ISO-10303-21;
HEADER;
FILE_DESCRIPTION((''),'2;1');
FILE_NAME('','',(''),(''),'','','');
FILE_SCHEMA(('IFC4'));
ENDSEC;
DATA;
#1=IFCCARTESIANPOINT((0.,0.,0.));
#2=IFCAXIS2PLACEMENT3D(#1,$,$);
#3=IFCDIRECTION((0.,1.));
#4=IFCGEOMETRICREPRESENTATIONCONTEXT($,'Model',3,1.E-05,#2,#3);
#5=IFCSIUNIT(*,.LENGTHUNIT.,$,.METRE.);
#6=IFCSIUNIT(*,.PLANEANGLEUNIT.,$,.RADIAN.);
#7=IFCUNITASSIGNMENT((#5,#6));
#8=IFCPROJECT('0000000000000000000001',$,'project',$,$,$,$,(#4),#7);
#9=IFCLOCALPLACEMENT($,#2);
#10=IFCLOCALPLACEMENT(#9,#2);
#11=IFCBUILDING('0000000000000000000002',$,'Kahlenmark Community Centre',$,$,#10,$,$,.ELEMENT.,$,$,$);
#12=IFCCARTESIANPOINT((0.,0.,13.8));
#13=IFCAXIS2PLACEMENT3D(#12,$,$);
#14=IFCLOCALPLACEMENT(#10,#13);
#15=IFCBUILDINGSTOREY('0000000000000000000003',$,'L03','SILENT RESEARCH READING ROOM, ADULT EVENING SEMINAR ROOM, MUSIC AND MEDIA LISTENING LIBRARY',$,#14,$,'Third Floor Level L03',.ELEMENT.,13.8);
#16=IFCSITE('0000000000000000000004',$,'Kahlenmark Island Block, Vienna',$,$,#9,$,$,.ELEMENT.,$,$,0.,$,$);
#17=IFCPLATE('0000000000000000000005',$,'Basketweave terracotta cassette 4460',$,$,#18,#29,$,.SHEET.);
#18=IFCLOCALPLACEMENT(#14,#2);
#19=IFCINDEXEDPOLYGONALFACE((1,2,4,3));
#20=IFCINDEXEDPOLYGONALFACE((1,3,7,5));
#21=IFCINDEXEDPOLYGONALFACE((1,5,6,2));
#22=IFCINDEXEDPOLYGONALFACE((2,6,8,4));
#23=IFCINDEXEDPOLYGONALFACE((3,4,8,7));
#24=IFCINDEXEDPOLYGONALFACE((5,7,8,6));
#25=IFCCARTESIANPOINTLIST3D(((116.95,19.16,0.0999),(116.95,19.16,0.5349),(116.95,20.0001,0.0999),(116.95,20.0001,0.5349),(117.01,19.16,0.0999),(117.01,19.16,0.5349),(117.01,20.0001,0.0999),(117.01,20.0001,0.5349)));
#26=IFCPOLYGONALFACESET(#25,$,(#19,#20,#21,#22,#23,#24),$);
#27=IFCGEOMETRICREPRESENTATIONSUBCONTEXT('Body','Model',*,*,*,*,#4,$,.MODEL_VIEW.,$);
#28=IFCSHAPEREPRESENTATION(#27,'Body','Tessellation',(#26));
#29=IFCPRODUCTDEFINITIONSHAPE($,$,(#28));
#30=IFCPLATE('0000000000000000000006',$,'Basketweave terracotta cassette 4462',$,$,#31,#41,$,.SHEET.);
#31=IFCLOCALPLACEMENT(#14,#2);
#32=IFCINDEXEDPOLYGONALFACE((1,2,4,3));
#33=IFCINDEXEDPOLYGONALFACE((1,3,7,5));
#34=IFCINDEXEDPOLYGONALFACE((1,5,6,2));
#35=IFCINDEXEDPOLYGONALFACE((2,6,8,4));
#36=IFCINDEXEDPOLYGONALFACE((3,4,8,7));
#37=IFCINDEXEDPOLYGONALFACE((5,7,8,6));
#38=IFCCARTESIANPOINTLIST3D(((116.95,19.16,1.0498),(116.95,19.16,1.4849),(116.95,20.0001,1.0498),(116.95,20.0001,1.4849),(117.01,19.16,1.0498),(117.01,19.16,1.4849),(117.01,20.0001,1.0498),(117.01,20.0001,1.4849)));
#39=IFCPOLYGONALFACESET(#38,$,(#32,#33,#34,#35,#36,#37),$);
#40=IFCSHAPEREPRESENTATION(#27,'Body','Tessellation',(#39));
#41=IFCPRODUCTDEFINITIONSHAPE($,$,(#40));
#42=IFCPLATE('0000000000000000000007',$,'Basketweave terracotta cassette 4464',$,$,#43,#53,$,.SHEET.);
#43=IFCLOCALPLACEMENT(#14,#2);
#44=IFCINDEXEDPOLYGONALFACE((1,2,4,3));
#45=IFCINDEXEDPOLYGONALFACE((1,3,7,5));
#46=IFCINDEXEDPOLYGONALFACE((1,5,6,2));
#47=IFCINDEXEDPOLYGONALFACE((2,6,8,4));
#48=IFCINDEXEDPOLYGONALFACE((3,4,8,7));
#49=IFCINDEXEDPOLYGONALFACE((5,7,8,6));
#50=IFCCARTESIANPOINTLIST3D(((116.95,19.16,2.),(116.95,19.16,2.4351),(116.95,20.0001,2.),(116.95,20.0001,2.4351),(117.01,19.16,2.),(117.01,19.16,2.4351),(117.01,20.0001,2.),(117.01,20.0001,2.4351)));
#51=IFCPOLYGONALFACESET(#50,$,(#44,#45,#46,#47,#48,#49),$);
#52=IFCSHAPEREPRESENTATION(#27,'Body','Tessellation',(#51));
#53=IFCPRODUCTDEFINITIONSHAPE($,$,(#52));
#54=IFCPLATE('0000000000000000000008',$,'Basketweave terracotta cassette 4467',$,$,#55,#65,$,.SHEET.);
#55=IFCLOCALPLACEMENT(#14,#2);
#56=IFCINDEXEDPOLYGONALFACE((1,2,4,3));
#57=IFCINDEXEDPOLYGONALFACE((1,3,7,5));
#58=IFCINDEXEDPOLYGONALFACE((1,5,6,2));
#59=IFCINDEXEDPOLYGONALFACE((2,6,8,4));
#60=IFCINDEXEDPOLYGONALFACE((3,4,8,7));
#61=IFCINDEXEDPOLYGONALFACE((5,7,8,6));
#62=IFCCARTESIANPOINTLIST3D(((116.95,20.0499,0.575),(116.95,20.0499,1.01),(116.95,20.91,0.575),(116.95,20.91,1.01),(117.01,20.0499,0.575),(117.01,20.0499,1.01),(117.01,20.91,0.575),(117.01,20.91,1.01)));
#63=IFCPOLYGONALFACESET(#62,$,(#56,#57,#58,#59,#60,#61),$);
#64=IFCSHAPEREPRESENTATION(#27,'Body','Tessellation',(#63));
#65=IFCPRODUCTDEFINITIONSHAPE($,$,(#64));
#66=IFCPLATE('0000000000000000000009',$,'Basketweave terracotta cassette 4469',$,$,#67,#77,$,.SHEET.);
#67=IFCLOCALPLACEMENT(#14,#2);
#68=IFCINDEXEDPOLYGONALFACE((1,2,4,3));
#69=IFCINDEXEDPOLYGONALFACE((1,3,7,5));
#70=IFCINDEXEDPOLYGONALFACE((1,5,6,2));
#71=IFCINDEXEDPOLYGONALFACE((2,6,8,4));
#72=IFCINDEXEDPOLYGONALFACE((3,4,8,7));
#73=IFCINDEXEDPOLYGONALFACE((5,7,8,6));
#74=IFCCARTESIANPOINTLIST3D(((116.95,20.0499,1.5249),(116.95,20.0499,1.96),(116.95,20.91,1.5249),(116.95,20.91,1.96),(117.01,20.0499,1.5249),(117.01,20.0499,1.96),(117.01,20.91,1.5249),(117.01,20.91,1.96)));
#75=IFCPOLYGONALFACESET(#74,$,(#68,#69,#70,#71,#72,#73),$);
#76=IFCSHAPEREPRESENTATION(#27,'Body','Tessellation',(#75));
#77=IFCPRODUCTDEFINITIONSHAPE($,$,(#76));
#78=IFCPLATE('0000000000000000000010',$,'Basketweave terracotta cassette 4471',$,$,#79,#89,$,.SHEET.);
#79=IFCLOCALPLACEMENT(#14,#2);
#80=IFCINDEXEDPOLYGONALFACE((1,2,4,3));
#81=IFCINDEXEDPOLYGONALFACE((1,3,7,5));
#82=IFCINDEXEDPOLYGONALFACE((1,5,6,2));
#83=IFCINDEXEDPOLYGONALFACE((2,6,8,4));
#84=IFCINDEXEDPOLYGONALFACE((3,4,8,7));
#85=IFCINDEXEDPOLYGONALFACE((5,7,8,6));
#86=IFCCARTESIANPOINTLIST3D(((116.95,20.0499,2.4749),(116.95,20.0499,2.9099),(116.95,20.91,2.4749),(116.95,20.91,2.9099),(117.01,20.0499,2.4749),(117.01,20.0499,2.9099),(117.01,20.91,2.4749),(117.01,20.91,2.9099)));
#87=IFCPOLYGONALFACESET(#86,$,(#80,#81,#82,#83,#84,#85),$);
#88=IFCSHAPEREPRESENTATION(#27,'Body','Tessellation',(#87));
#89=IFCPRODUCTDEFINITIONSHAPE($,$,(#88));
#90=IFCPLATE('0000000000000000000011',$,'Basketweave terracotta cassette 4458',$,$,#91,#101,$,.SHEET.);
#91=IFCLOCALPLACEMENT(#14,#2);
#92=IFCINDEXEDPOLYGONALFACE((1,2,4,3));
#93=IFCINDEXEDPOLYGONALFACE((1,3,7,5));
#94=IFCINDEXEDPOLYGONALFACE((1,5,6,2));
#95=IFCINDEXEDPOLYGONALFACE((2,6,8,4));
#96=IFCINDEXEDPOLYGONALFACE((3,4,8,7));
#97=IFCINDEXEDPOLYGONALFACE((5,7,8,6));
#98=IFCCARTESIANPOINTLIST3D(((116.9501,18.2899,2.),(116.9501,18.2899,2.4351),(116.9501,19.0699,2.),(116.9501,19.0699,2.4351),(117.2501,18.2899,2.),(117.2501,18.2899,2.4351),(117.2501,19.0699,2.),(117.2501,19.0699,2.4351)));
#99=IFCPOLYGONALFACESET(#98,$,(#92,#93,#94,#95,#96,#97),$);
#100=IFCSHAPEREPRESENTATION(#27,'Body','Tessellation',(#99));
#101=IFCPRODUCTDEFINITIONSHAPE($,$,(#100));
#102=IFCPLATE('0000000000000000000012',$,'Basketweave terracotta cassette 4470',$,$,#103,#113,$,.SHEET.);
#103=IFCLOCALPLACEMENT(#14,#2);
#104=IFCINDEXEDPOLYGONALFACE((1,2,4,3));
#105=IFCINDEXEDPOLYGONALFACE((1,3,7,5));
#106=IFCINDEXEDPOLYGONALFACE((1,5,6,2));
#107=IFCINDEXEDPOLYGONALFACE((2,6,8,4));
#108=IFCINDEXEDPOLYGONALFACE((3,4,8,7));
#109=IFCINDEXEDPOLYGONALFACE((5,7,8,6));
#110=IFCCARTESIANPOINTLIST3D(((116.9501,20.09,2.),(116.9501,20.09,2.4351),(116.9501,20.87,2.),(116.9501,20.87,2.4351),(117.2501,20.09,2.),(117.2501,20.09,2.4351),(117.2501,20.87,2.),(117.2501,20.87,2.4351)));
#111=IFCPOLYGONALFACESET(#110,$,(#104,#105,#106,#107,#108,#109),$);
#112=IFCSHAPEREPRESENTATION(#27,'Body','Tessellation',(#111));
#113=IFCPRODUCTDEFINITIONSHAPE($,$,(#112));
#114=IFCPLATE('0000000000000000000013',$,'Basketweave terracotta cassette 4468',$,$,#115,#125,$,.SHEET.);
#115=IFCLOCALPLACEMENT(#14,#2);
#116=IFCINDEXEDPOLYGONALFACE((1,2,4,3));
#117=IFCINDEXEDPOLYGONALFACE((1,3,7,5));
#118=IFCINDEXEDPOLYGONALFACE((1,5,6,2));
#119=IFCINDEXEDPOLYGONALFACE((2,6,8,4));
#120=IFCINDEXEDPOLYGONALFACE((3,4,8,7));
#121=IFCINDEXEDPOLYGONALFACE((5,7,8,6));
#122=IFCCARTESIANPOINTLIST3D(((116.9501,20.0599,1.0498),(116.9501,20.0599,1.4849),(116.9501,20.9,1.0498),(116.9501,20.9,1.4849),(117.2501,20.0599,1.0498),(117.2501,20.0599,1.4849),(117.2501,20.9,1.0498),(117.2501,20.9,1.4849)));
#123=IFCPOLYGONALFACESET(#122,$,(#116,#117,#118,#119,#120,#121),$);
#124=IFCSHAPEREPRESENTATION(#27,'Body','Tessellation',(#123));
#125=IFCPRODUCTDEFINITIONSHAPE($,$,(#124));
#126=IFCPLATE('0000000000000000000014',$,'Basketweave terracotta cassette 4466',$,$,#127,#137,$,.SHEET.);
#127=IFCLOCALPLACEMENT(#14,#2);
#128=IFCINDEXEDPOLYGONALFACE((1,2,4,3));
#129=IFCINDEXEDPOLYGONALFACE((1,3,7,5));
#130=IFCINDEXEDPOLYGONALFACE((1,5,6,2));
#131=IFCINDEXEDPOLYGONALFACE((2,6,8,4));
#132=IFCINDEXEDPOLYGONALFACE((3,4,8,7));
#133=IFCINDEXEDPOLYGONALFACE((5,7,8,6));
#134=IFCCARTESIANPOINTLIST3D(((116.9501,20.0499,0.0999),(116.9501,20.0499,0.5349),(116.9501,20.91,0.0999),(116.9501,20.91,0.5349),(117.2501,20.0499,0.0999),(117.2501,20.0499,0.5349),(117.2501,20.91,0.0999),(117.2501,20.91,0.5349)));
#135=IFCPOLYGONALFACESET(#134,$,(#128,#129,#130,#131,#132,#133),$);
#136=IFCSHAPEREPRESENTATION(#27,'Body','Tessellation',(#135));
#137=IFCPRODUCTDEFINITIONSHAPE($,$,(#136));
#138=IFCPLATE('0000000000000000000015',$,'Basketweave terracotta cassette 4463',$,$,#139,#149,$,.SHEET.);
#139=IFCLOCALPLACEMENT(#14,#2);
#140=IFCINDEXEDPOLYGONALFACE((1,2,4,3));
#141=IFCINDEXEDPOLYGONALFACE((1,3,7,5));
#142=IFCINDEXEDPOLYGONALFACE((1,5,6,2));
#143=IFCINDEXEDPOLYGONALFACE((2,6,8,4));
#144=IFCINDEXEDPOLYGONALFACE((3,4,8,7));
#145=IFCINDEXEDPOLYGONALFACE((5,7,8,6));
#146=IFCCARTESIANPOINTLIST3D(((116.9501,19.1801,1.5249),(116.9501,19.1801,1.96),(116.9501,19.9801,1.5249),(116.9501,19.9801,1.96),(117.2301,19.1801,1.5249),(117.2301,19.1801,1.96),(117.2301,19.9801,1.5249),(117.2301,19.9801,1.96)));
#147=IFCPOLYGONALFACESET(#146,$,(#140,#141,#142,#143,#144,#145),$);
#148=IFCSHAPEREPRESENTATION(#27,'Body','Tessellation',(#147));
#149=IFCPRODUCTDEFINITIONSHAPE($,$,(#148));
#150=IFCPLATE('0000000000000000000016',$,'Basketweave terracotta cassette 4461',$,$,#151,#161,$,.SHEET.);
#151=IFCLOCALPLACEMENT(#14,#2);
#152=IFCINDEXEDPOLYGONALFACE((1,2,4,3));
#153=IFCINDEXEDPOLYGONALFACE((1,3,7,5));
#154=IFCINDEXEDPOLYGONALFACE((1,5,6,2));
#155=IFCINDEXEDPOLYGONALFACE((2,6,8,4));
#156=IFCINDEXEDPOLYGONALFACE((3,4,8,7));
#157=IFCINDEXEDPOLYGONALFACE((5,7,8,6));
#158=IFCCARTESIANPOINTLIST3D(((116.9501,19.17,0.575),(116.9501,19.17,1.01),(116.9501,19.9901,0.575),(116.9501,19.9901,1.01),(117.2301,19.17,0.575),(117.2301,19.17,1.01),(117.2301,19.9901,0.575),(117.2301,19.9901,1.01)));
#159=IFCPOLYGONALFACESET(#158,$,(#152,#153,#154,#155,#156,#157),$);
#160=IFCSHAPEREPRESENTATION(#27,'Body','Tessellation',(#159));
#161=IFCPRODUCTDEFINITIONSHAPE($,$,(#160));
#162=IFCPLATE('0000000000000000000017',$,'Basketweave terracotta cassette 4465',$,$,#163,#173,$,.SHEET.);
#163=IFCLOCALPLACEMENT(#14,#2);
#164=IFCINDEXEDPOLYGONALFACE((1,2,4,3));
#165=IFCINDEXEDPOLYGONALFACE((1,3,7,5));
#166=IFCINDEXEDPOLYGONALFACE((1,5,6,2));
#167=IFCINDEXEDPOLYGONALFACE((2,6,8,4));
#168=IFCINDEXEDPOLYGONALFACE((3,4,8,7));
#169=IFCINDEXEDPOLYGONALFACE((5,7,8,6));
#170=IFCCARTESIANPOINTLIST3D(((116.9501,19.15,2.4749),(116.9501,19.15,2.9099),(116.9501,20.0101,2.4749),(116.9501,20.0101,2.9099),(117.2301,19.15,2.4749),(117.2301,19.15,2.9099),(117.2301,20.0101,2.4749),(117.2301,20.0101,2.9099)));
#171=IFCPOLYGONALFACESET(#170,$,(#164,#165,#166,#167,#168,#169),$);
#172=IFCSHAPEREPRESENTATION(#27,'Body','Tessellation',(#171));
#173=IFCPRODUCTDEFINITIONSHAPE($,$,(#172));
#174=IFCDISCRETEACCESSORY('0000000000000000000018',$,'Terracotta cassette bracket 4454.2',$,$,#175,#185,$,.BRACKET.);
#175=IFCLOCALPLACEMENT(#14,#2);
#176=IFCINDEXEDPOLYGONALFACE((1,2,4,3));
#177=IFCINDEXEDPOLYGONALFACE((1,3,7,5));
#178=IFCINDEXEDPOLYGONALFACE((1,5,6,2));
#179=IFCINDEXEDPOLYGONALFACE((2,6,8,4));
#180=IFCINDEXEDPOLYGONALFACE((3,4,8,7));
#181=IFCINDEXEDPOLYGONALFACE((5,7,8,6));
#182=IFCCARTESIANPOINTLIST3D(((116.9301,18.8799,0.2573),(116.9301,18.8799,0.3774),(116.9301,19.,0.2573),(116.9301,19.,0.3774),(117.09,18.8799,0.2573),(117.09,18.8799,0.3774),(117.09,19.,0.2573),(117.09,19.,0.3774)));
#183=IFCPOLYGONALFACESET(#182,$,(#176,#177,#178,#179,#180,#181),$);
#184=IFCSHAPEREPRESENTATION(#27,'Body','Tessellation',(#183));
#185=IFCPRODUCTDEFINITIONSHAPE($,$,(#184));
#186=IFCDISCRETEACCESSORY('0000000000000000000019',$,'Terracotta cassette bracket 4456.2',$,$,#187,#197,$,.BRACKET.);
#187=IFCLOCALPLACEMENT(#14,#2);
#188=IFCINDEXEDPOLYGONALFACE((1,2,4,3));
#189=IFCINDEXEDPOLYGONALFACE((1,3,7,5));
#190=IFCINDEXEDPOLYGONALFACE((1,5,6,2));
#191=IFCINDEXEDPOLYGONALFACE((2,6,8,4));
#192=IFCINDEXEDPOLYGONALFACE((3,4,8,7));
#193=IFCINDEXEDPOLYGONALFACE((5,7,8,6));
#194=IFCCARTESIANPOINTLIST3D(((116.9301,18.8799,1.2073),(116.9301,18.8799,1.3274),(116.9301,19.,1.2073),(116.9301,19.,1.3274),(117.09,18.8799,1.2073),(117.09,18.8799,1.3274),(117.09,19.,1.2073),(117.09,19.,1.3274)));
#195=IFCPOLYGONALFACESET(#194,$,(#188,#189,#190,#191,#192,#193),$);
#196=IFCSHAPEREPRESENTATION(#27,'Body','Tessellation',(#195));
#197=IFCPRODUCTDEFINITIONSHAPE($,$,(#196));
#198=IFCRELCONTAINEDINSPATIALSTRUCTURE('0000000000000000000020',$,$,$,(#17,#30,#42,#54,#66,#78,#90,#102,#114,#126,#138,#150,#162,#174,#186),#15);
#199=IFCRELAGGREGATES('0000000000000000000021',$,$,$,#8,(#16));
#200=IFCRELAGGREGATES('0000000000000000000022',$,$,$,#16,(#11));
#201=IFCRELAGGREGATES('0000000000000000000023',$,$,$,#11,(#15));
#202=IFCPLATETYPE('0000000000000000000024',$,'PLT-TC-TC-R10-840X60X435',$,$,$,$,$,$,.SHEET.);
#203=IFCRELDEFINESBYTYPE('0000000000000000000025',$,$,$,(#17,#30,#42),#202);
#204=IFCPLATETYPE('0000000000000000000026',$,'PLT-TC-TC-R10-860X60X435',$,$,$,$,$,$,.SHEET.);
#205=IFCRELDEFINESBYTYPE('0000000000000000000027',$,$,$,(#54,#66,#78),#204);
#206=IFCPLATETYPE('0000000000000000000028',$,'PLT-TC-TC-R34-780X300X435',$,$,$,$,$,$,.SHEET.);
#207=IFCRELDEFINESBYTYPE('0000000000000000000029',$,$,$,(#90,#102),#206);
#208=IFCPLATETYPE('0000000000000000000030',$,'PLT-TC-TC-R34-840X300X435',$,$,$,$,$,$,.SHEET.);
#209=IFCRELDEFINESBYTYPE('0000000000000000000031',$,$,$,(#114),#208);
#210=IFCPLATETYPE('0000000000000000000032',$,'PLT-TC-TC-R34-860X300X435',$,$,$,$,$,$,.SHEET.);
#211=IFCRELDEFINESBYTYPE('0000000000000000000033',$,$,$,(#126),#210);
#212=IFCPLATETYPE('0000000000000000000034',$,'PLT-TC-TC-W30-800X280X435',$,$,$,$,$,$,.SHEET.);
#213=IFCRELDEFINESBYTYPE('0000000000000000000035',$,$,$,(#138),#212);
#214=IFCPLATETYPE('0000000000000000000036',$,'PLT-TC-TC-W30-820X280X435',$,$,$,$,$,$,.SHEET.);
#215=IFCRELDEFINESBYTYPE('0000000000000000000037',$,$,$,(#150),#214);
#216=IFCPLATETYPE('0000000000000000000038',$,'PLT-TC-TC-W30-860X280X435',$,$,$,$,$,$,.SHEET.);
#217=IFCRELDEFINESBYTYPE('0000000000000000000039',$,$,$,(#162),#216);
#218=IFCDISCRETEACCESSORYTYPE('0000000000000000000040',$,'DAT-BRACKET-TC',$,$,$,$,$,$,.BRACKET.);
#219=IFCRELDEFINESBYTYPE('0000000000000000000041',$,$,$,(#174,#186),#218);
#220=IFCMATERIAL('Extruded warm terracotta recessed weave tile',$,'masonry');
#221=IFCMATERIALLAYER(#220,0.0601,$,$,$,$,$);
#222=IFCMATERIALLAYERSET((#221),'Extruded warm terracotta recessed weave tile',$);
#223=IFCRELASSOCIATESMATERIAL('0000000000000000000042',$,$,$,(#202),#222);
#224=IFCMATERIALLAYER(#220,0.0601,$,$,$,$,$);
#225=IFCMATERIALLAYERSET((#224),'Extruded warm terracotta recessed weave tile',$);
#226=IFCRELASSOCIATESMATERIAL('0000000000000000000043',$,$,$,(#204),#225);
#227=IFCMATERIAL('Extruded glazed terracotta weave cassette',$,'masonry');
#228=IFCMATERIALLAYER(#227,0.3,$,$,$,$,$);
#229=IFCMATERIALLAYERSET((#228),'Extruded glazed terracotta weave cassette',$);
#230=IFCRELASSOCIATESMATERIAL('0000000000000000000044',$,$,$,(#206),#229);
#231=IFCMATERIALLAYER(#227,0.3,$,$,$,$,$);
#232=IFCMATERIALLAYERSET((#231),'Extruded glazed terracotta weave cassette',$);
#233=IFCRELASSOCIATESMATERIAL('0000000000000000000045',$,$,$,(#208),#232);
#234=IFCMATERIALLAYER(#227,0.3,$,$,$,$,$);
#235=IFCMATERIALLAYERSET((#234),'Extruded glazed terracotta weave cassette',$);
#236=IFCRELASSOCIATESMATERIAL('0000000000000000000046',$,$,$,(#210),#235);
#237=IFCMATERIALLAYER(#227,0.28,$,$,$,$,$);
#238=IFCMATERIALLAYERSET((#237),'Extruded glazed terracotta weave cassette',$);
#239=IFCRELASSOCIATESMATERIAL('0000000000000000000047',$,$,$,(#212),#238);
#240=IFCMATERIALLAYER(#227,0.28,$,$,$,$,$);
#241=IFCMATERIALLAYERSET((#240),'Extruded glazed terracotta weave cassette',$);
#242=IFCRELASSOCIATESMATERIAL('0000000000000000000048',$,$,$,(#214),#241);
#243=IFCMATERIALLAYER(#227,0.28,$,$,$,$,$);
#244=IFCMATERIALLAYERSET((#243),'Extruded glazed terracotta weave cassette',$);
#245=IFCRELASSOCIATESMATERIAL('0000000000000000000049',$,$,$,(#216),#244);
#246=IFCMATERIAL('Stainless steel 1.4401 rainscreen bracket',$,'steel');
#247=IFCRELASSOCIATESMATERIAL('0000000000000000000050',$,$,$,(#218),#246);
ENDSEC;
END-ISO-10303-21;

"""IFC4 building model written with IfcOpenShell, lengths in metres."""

from ifc_helpers import new_model, si_unit, direction, frame, origin, origin_2d, place, context, subcontext, project, spatial, rectangle, extrude, material, layer, layer_set, type_object, element, save


model = new_model("IFC4")

# Units and contexts
model_context = context("Model", 3, precision=1e-05, world=origin(), true_north=direction((0.0, 1.0)))
body_context = subcontext(model_context, "Body", "Model", "MODEL_VIEW")
ifc_project = project(units=[si_unit("LENGTHUNIT", "METRE"), si_unit("PLANEANGLEUNIT", "RADIAN")], contexts=[model_context])

# Site, building, storey
site_placement = place(None, origin())
site = spatial("IfcSite", under=ifc_project, at=site_placement, Name="Kahlenmark Island Block, Vienna", CompositionType="ELEMENT", RefElevation=0.0)
building_placement = place(site_placement, origin())
building = spatial("IfcBuilding", under=site, at=building_placement, Name="Kahlenmark Community Centre", CompositionType="ELEMENT")
storey_placement = place(building_placement, frame((0.0, 0.0, 13.8)))
storey = spatial("IfcBuildingStorey", under=building, at=storey_placement, Name="L03", Description="SILENT RESEARCH READING ROOM, ADULT EVENING SEMINAR ROOM, MUSIC AND MEDIA LISTENING LIBRARY", LongName="Third Floor Level L03", CompositionType="ELEMENT", Elevation=13.8)

# Plates
ifc_material_1 = material(Name="Extruded warm terracotta recessed weave tile", Category="masonry")
ifc_layer_1 = layer(ifc_material_1, 0.0601)
ifc_layer_set_1 = layer_set([ifc_layer_1], Name="Extruded warm terracotta recessed weave tile")
plate_type_1 = type_object("IfcPlateType", Name="PLT-TC-TC-R10-840X60X435", PredefinedType="SHEET", material=ifc_layer_set_1)
for number, where, z_axis, x_axis, name in (
    (1, (116.98, 19.5801, 0.0999), (0.0, 0.0, 1.0), (0.0, 1.0, 0.0), "Basketweave terracotta cassette 4460"),
    (2, (116.98, 19.5801, 1.0498), (0.0, 0.0, 1.0), (0.0, 1.0, 0.0), "Basketweave terracotta cassette 4462"),
    (3, (116.98, 19.5801, 2.0), (0.0, 0.0, 1.0), (0.0, 1.0, 0.0), "Basketweave terracotta cassette 4464"),
):
    element("IfcPlate", number, at=place(storey_placement, frame(where, z_axis=z_axis, x_axis=x_axis)), inside=storey, type_object=plate_type_1, Name=name, PredefinedType="SHEET", context=body_context, shape_type="SweptSolid", body=[
        extrude(rectangle(XDim=0.8401, YDim=0.0601, at=origin_2d()), origin(), (0.0, 0.0, 1.0), 0.4351),
    ])
ifc_layer_2 = layer(ifc_material_1, 0.0601)
ifc_layer_set_2 = layer_set([ifc_layer_2], Name="Extruded warm terracotta recessed weave tile")
plate_type_2 = type_object("IfcPlateType", Name="PLT-TC-TC-R10-860X60X435", PredefinedType="SHEET", material=ifc_layer_set_2)
for number, where, z_axis, x_axis, name in (
    (4, (116.98, 20.48, 0.575), (0.0, 0.0, 1.0), (0.0, 1.0, 0.0), "Basketweave terracotta cassette 4467"),
    (5, (116.98, 20.48, 1.5249), (0.0, 0.0, 1.0), (0.0, 1.0, 0.0), "Basketweave terracotta cassette 4469"),
    (6, (116.98, 20.48, 2.4749), (0.0, 0.0, 1.0), (0.0, 1.0, 0.0), "Basketweave terracotta cassette 4471"),
):
    element("IfcPlate", number, at=place(storey_placement, frame(where, z_axis=z_axis, x_axis=x_axis)), inside=storey, type_object=plate_type_2, Name=name, PredefinedType="SHEET", context=body_context, shape_type="SweptSolid", body=[
        extrude(rectangle(XDim=0.8601, YDim=0.0601, at=origin_2d()), origin(), (0.0, 0.0, 1.0), 0.4351),
    ])
ifc_material_2 = material(Name="Extruded glazed terracotta weave cassette", Category="masonry")
ifc_layer_3 = layer(ifc_material_2, 0.3)
ifc_layer_set_3 = layer_set([ifc_layer_3], Name="Extruded glazed terracotta weave cassette")
plate_type_3 = type_object("IfcPlateType", Name="PLT-TC-TC-R34-780X300X435", PredefinedType="SHEET", material=ifc_layer_set_3)
for number, where, z_axis, x_axis, name in (
    (7, (117.1001, 18.6799, 2.0), (0.0, 0.0, 1.0), (0.0, 1.0, 0.0), "Basketweave terracotta cassette 4458"),
    (8, (117.1001, 20.48, 2.0), (0.0, 0.0, 1.0), (0.0, 1.0, 0.0), "Basketweave terracotta cassette 4470"),
):
    element("IfcPlate", number, at=place(storey_placement, frame(where, z_axis=z_axis, x_axis=x_axis)), inside=storey, type_object=plate_type_3, Name=name, PredefinedType="SHEET", context=body_context, shape_type="SweptSolid", body=[
        extrude(rectangle(XDim=0.78, YDim=0.3, at=origin_2d()), origin(), (0.0, 0.0, 1.0), 0.4351),
    ])
ifc_layer_4 = layer(ifc_material_2, 0.3)
ifc_layer_set_4 = layer_set([ifc_layer_4], Name="Extruded glazed terracotta weave cassette")
plate_type_4 = type_object("IfcPlateType", Name="PLT-TC-TC-R34-840X300X435", PredefinedType="SHEET", material=ifc_layer_set_4)
plate_1_placement = place(storey_placement, frame((117.1001, 20.48, 1.0498), z_axis=(0.0, 0.0, 1.0), x_axis=(0.0, 1.0, 0.0)))
element("IfcPlate", 9, at=plate_1_placement, inside=storey, type_object=plate_type_4, Name="Basketweave terracotta cassette 4468", PredefinedType="SHEET", context=body_context, shape_type="SweptSolid", body=[
    extrude(rectangle(XDim=0.8401, YDim=0.3, at=origin_2d()), origin(), (0.0, 0.0, 1.0), 0.4351),
])
ifc_layer_5 = layer(ifc_material_2, 0.3)
ifc_layer_set_5 = layer_set([ifc_layer_5], Name="Extruded glazed terracotta weave cassette")
plate_type_5 = type_object("IfcPlateType", Name="PLT-TC-TC-R34-860X300X435", PredefinedType="SHEET", material=ifc_layer_set_5)
plate_2_placement = place(storey_placement, frame((117.1001, 20.48, 0.0999), z_axis=(0.0, 0.0, 1.0), x_axis=(0.0, 1.0, 0.0)))
element("IfcPlate", 10, at=plate_2_placement, inside=storey, type_object=plate_type_5, Name="Basketweave terracotta cassette 4466", PredefinedType="SHEET", context=body_context, shape_type="SweptSolid", body=[
    extrude(rectangle(XDim=0.8601, YDim=0.3, at=origin_2d()), origin(), (0.0, 0.0, 1.0), 0.4351),
])
ifc_layer_6 = layer(ifc_material_2, 0.28)
ifc_layer_set_6 = layer_set([ifc_layer_6], Name="Extruded glazed terracotta weave cassette")
plate_type_6 = type_object("IfcPlateType", Name="PLT-TC-TC-W30-800X280X435", PredefinedType="SHEET", material=ifc_layer_set_6)
plate_3_placement = place(storey_placement, frame((117.0901, 19.5801, 1.5249), z_axis=(0.0, 0.0, 1.0), x_axis=(0.0, 1.0, 0.0)))
element("IfcPlate", 11, at=plate_3_placement, inside=storey, type_object=plate_type_6, Name="Basketweave terracotta cassette 4463", PredefinedType="SHEET", context=body_context, shape_type="SweptSolid", body=[
    extrude(rectangle(XDim=0.8, YDim=0.28, at=origin_2d()), origin(), (0.0, 0.0, 1.0), 0.4351),
])
ifc_layer_7 = layer(ifc_material_2, 0.28)
ifc_layer_set_7 = layer_set([ifc_layer_7], Name="Extruded glazed terracotta weave cassette")
plate_type_7 = type_object("IfcPlateType", Name="PLT-TC-TC-W30-820X280X435", PredefinedType="SHEET", material=ifc_layer_set_7)
plate_4_placement = place(storey_placement, frame((117.0901, 19.5801, 0.575), z_axis=(0.0, 0.0, 1.0), x_axis=(0.0, 1.0, 0.0)))
element("IfcPlate", 12, at=plate_4_placement, inside=storey, type_object=plate_type_7, Name="Basketweave terracotta cassette 4461", PredefinedType="SHEET", context=body_context, shape_type="SweptSolid", body=[
    extrude(rectangle(XDim=0.8201, YDim=0.28, at=origin_2d()), origin(), (0.0, 0.0, 1.0), 0.4351),
])
ifc_layer_8 = layer(ifc_material_2, 0.28)
ifc_layer_set_8 = layer_set([ifc_layer_8], Name="Extruded glazed terracotta weave cassette")
plate_type_8 = type_object("IfcPlateType", Name="PLT-TC-TC-W30-860X280X435", PredefinedType="SHEET", material=ifc_layer_set_8)
plate_5_placement = place(storey_placement, frame((117.0901, 19.5801, 2.4749), z_axis=(0.0, 0.0, 1.0), x_axis=(0.0, 1.0, 0.0)))
element("IfcPlate", 13, at=plate_5_placement, inside=storey, type_object=plate_type_8, Name="Basketweave terracotta cassette 4465", PredefinedType="SHEET", context=body_context, shape_type="SweptSolid", body=[
    extrude(rectangle(XDim=0.8601, YDim=0.28, at=origin_2d()), origin(), (0.0, 0.0, 1.0), 0.4351),
])

# Discrete accessories
ifc_material_3 = material(Name="Stainless steel 1.4401 rainscreen bracket", Category="steel")
discrete_accessory_type = type_object("IfcDiscreteAccessoryType", Name="DAT-BRACKET-TC", PredefinedType="BRACKET", material=ifc_material_3)
for number, where, z_axis, x_axis, name in (
    (14, (117.01, 18.9399, 0.2573), (0.0, 0.0, 1.0), (0.0, 1.0, 0.0), "Terracotta cassette bracket 4454.2"),
    (15, (117.01, 18.9399, 1.2073), (0.0, 0.0, 1.0), (0.0, 1.0, 0.0), "Terracotta cassette bracket 4456.2"),
):
    element("IfcDiscreteAccessory", number, at=place(storey_placement, frame(where, z_axis=z_axis, x_axis=x_axis)), inside=storey, type_object=discrete_accessory_type, Name=name, PredefinedType="BRACKET", context=body_context, shape_type="SweptSolid", body=[
        extrude(rectangle(XDim=0.1201, YDim=0.1599, at=origin_2d()), origin(), (0.0, 0.0, 1.0), 0.1201),
    ])

save(model, "model.ifc")
